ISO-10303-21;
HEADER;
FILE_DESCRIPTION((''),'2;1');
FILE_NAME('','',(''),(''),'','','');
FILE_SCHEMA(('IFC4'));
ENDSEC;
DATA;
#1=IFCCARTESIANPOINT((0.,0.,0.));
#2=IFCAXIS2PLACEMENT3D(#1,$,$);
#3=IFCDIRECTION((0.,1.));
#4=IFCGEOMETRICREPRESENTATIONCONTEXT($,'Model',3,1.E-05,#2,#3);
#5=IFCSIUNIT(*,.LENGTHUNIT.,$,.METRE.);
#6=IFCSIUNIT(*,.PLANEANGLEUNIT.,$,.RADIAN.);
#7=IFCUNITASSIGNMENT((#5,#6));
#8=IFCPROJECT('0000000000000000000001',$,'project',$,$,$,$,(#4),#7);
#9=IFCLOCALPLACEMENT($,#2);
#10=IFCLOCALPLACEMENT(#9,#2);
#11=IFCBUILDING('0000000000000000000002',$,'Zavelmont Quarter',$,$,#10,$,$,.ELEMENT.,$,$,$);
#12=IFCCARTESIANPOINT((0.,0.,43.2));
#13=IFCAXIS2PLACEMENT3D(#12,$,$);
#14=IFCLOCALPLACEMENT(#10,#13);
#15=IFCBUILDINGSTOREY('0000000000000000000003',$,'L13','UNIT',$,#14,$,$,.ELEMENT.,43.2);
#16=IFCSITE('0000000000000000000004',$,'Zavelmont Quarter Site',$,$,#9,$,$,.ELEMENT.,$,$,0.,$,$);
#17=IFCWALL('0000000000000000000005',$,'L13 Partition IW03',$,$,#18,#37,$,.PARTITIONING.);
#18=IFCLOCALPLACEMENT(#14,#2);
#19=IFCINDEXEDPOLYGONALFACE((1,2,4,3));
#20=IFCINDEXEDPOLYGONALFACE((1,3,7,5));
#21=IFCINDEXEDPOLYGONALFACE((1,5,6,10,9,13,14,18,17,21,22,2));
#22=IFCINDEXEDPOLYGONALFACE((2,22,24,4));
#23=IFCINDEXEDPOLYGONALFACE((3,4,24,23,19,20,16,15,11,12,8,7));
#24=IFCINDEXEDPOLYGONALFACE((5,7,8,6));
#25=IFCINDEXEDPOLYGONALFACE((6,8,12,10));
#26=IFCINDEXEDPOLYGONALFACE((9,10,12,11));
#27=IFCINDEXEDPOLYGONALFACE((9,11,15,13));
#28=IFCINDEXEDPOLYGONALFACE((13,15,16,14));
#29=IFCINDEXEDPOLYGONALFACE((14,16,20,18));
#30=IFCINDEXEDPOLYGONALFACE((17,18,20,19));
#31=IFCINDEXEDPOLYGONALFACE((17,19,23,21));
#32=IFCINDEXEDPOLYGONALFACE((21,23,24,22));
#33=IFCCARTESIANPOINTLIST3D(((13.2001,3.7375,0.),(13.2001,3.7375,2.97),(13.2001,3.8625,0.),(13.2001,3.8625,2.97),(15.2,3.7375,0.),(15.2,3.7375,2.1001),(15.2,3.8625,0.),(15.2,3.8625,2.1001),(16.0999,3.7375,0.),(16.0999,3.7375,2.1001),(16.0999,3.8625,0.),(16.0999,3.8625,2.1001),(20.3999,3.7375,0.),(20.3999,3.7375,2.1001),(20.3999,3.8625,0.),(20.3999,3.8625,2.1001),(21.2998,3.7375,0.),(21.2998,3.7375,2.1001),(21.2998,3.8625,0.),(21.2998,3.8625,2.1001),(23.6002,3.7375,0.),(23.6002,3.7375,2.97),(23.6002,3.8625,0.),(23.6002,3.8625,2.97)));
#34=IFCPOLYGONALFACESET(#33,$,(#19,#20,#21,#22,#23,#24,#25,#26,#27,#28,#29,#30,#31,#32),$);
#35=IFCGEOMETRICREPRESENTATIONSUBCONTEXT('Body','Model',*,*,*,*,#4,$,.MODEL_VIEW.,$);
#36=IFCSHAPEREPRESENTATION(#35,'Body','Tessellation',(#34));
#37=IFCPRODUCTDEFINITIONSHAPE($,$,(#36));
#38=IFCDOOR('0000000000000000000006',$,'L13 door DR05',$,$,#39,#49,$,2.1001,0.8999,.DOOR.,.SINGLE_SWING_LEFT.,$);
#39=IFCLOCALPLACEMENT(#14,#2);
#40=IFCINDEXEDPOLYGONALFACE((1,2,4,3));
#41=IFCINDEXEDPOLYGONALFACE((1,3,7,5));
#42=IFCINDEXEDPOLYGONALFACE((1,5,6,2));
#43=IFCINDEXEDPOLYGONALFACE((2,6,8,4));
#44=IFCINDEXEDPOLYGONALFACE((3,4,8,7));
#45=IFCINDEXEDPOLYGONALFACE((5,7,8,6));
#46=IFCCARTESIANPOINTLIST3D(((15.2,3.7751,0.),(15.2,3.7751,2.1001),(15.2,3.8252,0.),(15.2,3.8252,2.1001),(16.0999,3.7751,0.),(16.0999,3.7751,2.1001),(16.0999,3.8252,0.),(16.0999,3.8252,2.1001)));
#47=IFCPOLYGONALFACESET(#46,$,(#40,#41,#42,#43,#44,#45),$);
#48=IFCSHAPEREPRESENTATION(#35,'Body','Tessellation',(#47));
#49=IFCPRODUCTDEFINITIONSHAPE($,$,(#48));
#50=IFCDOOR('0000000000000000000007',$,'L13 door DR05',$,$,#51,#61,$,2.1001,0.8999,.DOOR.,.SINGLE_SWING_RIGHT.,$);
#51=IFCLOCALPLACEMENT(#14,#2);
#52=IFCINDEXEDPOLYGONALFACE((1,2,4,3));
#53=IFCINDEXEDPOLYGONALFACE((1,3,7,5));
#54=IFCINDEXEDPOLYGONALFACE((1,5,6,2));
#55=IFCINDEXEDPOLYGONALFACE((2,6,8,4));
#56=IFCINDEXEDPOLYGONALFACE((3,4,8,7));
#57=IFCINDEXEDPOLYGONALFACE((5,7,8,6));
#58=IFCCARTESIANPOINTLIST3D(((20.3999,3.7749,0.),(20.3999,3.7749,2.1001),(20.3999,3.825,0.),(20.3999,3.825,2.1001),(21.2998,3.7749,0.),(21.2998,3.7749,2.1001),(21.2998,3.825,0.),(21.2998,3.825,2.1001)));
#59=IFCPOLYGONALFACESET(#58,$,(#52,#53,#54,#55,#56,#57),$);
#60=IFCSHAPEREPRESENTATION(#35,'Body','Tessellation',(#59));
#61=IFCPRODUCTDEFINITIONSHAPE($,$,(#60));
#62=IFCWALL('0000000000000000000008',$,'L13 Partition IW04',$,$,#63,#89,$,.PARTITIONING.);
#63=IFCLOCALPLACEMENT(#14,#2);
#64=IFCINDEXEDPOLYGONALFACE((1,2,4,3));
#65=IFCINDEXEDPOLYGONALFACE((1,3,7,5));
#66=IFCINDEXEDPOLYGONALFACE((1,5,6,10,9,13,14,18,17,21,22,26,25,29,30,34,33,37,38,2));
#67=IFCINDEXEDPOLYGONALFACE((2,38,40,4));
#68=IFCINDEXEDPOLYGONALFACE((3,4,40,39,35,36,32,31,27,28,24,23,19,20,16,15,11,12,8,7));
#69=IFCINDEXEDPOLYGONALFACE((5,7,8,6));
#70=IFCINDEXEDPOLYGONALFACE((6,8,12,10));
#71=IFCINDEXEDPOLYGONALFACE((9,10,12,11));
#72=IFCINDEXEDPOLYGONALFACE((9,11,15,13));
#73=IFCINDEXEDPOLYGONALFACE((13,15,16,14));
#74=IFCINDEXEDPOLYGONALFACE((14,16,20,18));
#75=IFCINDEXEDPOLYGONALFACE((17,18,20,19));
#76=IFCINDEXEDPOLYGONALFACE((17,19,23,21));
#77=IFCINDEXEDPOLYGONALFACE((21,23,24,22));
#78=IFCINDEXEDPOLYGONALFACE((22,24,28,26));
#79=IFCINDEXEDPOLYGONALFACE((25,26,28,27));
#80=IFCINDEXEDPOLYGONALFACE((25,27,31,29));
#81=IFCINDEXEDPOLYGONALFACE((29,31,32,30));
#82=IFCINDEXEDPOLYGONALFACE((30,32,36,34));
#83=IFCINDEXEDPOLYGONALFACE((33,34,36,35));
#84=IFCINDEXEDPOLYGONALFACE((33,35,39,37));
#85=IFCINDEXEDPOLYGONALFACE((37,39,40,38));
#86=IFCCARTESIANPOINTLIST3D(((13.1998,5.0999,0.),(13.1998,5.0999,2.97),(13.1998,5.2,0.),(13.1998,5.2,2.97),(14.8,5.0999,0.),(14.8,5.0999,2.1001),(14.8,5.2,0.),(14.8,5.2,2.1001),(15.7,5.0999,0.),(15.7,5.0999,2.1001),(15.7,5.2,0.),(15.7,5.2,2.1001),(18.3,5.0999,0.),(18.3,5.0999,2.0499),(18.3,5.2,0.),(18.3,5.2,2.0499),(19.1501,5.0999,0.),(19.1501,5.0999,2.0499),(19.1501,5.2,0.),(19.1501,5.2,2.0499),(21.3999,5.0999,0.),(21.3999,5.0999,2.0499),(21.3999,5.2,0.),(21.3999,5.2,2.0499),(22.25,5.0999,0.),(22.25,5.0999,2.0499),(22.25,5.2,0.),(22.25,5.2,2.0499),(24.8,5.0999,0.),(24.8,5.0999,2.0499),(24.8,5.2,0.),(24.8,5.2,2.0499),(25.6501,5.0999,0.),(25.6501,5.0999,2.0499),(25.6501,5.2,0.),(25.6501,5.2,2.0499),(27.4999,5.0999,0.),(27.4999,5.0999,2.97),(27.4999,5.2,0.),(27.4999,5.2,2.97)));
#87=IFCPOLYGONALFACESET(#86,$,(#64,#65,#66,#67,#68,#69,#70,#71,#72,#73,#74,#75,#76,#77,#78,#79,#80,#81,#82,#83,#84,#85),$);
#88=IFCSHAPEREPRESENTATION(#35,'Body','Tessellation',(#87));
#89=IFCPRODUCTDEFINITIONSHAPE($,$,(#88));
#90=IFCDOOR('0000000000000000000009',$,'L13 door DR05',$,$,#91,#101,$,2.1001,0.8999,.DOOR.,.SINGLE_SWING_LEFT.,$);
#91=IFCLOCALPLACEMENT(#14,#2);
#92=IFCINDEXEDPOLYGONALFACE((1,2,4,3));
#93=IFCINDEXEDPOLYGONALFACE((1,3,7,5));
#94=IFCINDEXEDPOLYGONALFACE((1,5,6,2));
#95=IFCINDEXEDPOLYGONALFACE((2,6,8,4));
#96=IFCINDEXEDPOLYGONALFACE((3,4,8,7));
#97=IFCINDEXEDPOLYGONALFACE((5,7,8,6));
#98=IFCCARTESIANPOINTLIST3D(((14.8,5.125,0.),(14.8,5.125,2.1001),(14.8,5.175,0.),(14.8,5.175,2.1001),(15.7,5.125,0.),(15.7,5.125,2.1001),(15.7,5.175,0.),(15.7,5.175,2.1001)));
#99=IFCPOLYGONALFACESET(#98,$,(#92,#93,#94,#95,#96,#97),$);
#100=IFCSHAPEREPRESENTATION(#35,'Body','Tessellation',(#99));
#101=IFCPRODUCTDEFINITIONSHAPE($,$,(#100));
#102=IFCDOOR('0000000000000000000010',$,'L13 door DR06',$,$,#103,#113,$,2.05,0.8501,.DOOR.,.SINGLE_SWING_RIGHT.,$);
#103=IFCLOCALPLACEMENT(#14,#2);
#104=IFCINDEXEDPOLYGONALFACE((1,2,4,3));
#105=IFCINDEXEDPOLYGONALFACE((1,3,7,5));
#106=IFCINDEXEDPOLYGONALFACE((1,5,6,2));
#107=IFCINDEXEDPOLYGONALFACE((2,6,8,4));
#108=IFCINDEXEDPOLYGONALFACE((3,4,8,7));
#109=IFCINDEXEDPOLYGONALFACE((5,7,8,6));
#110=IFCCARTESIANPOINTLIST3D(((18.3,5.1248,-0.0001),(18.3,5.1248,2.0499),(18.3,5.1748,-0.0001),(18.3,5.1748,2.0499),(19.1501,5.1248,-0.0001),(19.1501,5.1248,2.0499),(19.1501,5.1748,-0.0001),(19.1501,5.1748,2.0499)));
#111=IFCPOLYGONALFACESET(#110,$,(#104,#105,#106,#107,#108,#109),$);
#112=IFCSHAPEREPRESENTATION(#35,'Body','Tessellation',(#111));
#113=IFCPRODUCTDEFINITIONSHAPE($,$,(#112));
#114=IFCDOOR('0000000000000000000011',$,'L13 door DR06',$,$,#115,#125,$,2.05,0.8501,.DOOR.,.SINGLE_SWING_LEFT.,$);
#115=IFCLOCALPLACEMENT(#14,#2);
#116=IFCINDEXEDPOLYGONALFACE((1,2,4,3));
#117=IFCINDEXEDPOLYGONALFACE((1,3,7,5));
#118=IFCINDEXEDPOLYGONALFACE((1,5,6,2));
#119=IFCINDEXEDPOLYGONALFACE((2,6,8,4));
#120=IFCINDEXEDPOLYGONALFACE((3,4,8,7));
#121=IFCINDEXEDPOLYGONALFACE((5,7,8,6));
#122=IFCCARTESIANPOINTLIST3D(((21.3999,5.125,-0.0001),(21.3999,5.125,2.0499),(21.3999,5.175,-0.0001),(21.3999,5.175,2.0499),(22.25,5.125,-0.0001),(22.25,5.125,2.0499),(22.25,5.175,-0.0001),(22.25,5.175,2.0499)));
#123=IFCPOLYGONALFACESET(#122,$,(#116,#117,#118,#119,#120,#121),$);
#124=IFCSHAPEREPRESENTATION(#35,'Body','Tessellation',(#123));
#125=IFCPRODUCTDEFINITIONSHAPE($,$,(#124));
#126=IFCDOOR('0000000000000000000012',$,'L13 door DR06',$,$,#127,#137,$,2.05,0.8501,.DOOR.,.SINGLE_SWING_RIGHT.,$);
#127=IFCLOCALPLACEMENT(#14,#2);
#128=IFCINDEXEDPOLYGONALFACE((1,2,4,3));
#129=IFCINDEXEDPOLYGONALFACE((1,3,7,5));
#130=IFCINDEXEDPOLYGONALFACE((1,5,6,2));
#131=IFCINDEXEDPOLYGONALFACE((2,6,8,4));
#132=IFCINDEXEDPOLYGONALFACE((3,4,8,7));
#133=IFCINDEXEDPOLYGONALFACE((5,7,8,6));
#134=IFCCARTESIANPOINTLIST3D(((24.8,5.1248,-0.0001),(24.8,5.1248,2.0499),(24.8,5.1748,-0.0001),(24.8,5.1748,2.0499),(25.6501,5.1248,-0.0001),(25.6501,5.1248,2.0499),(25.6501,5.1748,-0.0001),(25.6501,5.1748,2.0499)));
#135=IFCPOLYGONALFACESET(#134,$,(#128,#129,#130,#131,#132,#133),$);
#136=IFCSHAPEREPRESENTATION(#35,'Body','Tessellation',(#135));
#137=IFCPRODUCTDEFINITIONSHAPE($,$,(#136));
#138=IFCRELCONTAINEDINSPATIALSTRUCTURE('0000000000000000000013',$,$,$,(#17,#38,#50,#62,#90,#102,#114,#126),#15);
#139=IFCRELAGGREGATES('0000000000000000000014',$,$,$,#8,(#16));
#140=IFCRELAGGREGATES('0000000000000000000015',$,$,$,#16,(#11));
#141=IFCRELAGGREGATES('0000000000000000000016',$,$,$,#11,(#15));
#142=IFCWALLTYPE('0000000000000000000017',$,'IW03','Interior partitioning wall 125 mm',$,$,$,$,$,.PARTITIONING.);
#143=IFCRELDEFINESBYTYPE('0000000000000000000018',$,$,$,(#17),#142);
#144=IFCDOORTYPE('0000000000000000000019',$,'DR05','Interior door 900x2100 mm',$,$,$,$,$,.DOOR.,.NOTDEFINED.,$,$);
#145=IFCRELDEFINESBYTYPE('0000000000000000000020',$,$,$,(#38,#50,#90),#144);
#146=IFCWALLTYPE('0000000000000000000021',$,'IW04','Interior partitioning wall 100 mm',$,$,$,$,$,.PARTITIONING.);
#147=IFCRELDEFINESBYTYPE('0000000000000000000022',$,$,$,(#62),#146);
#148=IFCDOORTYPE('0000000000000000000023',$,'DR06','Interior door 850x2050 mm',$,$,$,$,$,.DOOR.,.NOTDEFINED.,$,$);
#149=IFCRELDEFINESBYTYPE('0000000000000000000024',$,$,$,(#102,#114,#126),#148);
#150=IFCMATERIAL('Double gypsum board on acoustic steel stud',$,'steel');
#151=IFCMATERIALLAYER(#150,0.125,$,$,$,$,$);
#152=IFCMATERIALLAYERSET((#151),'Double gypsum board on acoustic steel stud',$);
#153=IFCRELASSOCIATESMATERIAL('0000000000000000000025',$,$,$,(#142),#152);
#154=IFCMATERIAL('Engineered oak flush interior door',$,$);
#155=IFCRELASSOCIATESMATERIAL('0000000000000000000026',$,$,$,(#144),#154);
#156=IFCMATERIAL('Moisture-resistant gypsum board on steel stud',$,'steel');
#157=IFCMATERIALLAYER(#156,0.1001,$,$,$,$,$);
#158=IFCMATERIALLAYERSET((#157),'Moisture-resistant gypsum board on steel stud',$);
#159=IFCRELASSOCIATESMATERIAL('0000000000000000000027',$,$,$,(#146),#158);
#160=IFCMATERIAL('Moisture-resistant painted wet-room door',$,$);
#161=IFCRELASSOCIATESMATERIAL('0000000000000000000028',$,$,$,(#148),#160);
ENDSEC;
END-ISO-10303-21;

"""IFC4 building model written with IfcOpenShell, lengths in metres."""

from ifc_helpers import new_model, si_unit, direction, frame, frame_2d, origin, origin_with_axes, place, context, subcontext, project, spatial, rectangle, extrude, material, layer, layer_set, type_object, element, fill, save


model = new_model("IFC4")

# Units and contexts
model_context = context("Model", 3, precision=1e-05, world=origin(), true_north=direction((0.0, 1.0)))
body_context = subcontext(model_context, "Body", "Model", "MODEL_VIEW")
ifc_project = project(units=[si_unit("LENGTHUNIT", "METRE"), si_unit("PLANEANGLEUNIT", "RADIAN")], contexts=[model_context])

# Site, building, storey
site_placement = place(None, origin())
site = spatial("IfcSite", under=ifc_project, at=site_placement, Name="Zavelmont Quarter Site", CompositionType="ELEMENT", RefElevation=0.0)
building_placement = place(site_placement, origin())
building = spatial("IfcBuilding", under=site, at=building_placement, Name="Zavelmont Quarter", CompositionType="ELEMENT")
storey_placement = place(building_placement, frame((0.0, 0.0, 43.2)))
storey = spatial("IfcBuildingStorey", under=building, at=storey_placement, Name="L13", Description="UNIT", CompositionType="ELEMENT", Elevation=43.2)

# Shared definitions
ifc_material_1 = material(Name="Double gypsum board on acoustic steel stud", Category="steel")
ifc_layer_1 = layer(ifc_material_1, 0.125)
ifc_layer_set_1 = layer_set([ifc_layer_1], Name="Double gypsum board on acoustic steel stud")
wall_type_1 = type_object("IfcWallType", Name="IW03", Description="Interior partitioning wall 125 mm", PredefinedType="PARTITIONING", material=ifc_layer_set_1)
ifc_material_2 = material(Name="Engineered oak flush interior door")
door_type_1 = type_object("IfcDoorType", Name="DR05", Description="Interior door 900x2100 mm", OperationType="NOTDEFINED", PredefinedType="DOOR", material=ifc_material_2)

# Walls, openings, doors
wall_1_placement = place(storey_placement, frame((13.2, 3.8, 0.0), z_axis=(0.0, 0.0, 1.0), x_axis=(1.0, 0.0, 0.0)))
wall_1 = element("IfcWall", 1, at=wall_1_placement, inside=storey, type_object=wall_type_1, Name="L13 Partition IW03", PredefinedType="PARTITIONING", context=body_context, shape_type="SweptSolid", body=[
    extrude(rectangle(XDim=10.4001, YDim=0.125, at=frame_2d((5.2002, 0.0))), origin(), (0.0, 0.0, 1.0), 2.97),
])
opening_1_placement = place(wall_1_placement, frame((2.0, 0.0, 0.0)))
opening_1 = element("IfcOpeningElement", 2, at=opening_1_placement, cuts=wall_1, PredefinedType="OPENING", context=body_context, shape_type="SweptSolid", body=[
    extrude(rectangle(XDim=0.8999, YDim=2.1001, at=frame_2d((0.45, 1.05))), frame((0.0, 0.0745, 0.0), z_axis=(0.0, -1.0, 0.0), x_axis=(1.0, 0.0, 0.0)), (0.0, 0.0, 1.0), 0.1489),
])
opening_2_placement = place(wall_1_placement, frame((7.2, 0.0, 0.0)))
opening_2 = element("IfcOpeningElement", 3, at=opening_2_placement, cuts=wall_1, PredefinedType="OPENING", context=body_context, shape_type="SweptSolid", body=[
    extrude(rectangle(XDim=0.8999, YDim=2.1001, at=frame_2d((0.45, 1.05))), frame((0.0, 0.0745, 0.0), z_axis=(0.0, -1.0, 0.0), x_axis=(1.0, 0.0, 0.0)), (0.0, 0.0, 1.0), 0.1489),
])
door_1_placement = place(opening_1_placement, frame((0.8999, 0.0, 0.0), z_axis=(0.0, 0.0, 1.0), x_axis=(-1.0, 0.0, 0.0)))
door_1 = element("IfcDoor", 4, at=door_1_placement, inside=storey, type_object=door_type_1, Name="L13 door DR05", OperationType="SINGLE_SWING_LEFT", OverallHeight=2.1001, OverallWidth=0.8999, PredefinedType="DOOR", context=body_context, shape_type="SweptSolid", body=[
    extrude(rectangle(XDim=0.8999, YDim=2.1001, at=frame_2d((0.45, 1.05))), frame((0.0, 0.0249, 0.0), z_axis=(0.0, -1.0, 0.0), x_axis=(1.0, 0.0, 0.0)), (0.0, 0.0, 1.0), 0.05),
])
fill(opening_1, door_1)
door_2_placement = place(opening_2_placement, origin_with_axes())
door_2 = element("IfcDoor", 5, at=door_2_placement, inside=storey, type_object=door_type_1, Name="L13 door DR05", OperationType="SINGLE_SWING_RIGHT", OverallHeight=2.1001, OverallWidth=0.8999, PredefinedType="DOOR", context=body_context, shape_type="SweptSolid", body=[
    extrude(rectangle(XDim=0.8999, YDim=2.1001, at=frame_2d((0.45, 1.05))), frame((0.0, 0.0249, 0.0), z_axis=(0.0, -1.0, 0.0), x_axis=(1.0, 0.0, 0.0)), (0.0, 0.0, 1.0), 0.05),
])
fill(opening_2, door_2)
ifc_material_3 = material(Name="Moisture-resistant gypsum board on steel stud", Category="steel")
ifc_layer_2 = layer(ifc_material_3, 0.1001)
ifc_layer_set_2 = layer_set([ifc_layer_2], Name="Moisture-resistant gypsum board on steel stud")
wall_type_2 = type_object("IfcWallType", Name="IW04", Description="Interior partitioning wall 100 mm", PredefinedType="PARTITIONING", material=ifc_layer_set_2)
wall_2_placement = place(storey_placement, frame((13.2, 5.1499, 0.0), z_axis=(0.0, 0.0, 1.0), x_axis=(1.0, 0.0, 0.0)))
wall_2 = element("IfcWall", 6, at=wall_2_placement, inside=storey, type_object=wall_type_2, Name="L13 Partition IW04", PredefinedType="PARTITIONING", context=body_context, shape_type="SweptSolid", body=[
    extrude(rectangle(XDim=14.3, YDim=0.1001, at=frame_2d((7.1499, 0.0))), origin(), (0.0, 0.0, 1.0), 2.97),
])
opening_3_placement = place(wall_2_placement, frame((1.6001, 0.0, 0.0)))
opening_3 = element("IfcOpeningElement", 7, at=opening_3_placement, cuts=wall_2, PredefinedType="OPENING", context=body_context, shape_type="SweptSolid", body=[
    extrude(rectangle(XDim=0.8999, YDim=2.1001, at=frame_2d((0.45, 1.05))), frame((0.0, 0.062, 0.0), z_axis=(0.0, -1.0, 0.0), x_axis=(1.0, 0.0, 0.0)), (0.0, 0.0, 1.0), 0.124),
])
opening_4_placement = place(wall_2_placement, frame((5.1001, 0.0, 0.0)))
opening_4 = element("IfcOpeningElement", 8, at=opening_4_placement, cuts=wall_2, PredefinedType="OPENING", context=body_context, shape_type="SweptSolid", body=[
    extrude(rectangle(XDim=0.8501, YDim=2.05, at=frame_2d((0.425, 1.0249))), frame((0.0, 0.062, 0.0), z_axis=(0.0, -1.0, 0.0), x_axis=(1.0, 0.0, 0.0)), (0.0, 0.0, 1.0), 0.124),
])
opening_5_placement = place(wall_2_placement, frame((8.2, 0.0, 0.0)))
opening_5 = element("IfcOpeningElement", 9, at=opening_5_placement, cuts=wall_2, PredefinedType="OPENING", context=body_context, shape_type="SweptSolid", body=[
    extrude(rectangle(XDim=0.8501, YDim=2.05, at=frame_2d((0.425, 1.0249))), frame((0.0, 0.062, 0.0), z_axis=(0.0, -1.0, 0.0), x_axis=(1.0, 0.0, 0.0)), (0.0, 0.0, 1.0), 0.124),
])
opening_6_placement = place(wall_2_placement, frame((11.6001, 0.0, 0.0)))
opening_6 = element("IfcOpeningElement", 10, at=opening_6_placement, cuts=wall_2, PredefinedType="OPENING", context=body_context, shape_type="SweptSolid", body=[
    extrude(rectangle(XDim=0.8501, YDim=2.05, at=frame_2d((0.425, 1.0249))), frame((0.0, 0.062, 0.0), z_axis=(0.0, -1.0, 0.0), x_axis=(1.0, 0.0, 0.0)), (0.0, 0.0, 1.0), 0.124),
])
door_3_placement = place(opening_3_placement, frame((0.8999, 0.0, 0.0), z_axis=(0.0, 0.0, 1.0), x_axis=(-1.0, 0.0, 0.0)))
door_3 = element("IfcDoor", 11, at=door_3_placement, inside=storey, type_object=door_type_1, Name="L13 door DR05", OperationType="SINGLE_SWING_LEFT", OverallHeight=2.1001, OverallWidth=0.8999, PredefinedType="DOOR", context=body_context, shape_type="SweptSolid", body=[
    extrude(rectangle(XDim=0.8999, YDim=2.1001, at=frame_2d((0.45, 1.05))), frame((0.0, 0.0249, 0.0), z_axis=(0.0, -1.0, 0.0), x_axis=(1.0, 0.0, 0.0)), (0.0, 0.0, 1.0), 0.05),
])
fill(opening_3, door_3)
ifc_material_4 = material(Name="Moisture-resistant painted wet-room door")
door_type_2 = type_object("IfcDoorType", Name="DR06", Description="Interior door 850x2050 mm", OperationType="NOTDEFINED", PredefinedType="DOOR", material=ifc_material_4)
door_4_placement = place(opening_4_placement, origin_with_axes())
door_4 = element("IfcDoor", 12, at=door_4_placement, inside=storey, type_object=door_type_2, Name="L13 door DR06", OperationType="SINGLE_SWING_RIGHT", OverallHeight=2.05, OverallWidth=0.8501, PredefinedType="DOOR", context=body_context, shape_type="SweptSolid", body=[
    extrude(rectangle(XDim=0.8501, YDim=2.05, at=frame_2d((0.425, 1.0249))), frame((0.0, 0.0249, 0.0), z_axis=(0.0, -1.0, 0.0), x_axis=(1.0, 0.0, 0.0)), (0.0, 0.0, 1.0), 0.05),
])
fill(opening_4, door_4)
door_5_placement = place(opening_5_placement, frame((0.8501, 0.0, 0.0), z_axis=(0.0, 0.0, 1.0), x_axis=(-1.0, 0.0, 0.0)))
door_5 = element("IfcDoor", 13, at=door_5_placement, inside=storey, type_object=door_type_2, Name="L13 door DR06", OperationType="SINGLE_SWING_LEFT", OverallHeight=2.05, OverallWidth=0.8501, PredefinedType="DOOR", context=body_context, shape_type="SweptSolid", body=[
    extrude(rectangle(XDim=0.8501, YDim=2.05, at=frame_2d((0.425, 1.0249))), frame((0.0, 0.0249, 0.0), z_axis=(0.0, -1.0, 0.0), x_axis=(1.0, 0.0, 0.0)), (0.0, 0.0, 1.0), 0.05),
])
fill(opening_5, door_5)
door_6_placement = place(opening_6_placement, origin_with_axes())
door_6 = element("IfcDoor", 14, at=door_6_placement, inside=storey, type_object=door_type_2, Name="L13 door DR06", OperationType="SINGLE_SWING_RIGHT", OverallHeight=2.05, OverallWidth=0.8501, PredefinedType="DOOR", context=body_context, shape_type="SweptSolid", body=[
    extrude(rectangle(XDim=0.8501, YDim=2.05, at=frame_2d((0.425, 1.0249))), frame((0.0, 0.0249, 0.0), z_axis=(0.0, -1.0, 0.0), x_axis=(1.0, 0.0, 0.0)), (0.0, 0.0, 1.0), 0.05),
])
fill(opening_6, door_6)

save(model, "model.ifc")
